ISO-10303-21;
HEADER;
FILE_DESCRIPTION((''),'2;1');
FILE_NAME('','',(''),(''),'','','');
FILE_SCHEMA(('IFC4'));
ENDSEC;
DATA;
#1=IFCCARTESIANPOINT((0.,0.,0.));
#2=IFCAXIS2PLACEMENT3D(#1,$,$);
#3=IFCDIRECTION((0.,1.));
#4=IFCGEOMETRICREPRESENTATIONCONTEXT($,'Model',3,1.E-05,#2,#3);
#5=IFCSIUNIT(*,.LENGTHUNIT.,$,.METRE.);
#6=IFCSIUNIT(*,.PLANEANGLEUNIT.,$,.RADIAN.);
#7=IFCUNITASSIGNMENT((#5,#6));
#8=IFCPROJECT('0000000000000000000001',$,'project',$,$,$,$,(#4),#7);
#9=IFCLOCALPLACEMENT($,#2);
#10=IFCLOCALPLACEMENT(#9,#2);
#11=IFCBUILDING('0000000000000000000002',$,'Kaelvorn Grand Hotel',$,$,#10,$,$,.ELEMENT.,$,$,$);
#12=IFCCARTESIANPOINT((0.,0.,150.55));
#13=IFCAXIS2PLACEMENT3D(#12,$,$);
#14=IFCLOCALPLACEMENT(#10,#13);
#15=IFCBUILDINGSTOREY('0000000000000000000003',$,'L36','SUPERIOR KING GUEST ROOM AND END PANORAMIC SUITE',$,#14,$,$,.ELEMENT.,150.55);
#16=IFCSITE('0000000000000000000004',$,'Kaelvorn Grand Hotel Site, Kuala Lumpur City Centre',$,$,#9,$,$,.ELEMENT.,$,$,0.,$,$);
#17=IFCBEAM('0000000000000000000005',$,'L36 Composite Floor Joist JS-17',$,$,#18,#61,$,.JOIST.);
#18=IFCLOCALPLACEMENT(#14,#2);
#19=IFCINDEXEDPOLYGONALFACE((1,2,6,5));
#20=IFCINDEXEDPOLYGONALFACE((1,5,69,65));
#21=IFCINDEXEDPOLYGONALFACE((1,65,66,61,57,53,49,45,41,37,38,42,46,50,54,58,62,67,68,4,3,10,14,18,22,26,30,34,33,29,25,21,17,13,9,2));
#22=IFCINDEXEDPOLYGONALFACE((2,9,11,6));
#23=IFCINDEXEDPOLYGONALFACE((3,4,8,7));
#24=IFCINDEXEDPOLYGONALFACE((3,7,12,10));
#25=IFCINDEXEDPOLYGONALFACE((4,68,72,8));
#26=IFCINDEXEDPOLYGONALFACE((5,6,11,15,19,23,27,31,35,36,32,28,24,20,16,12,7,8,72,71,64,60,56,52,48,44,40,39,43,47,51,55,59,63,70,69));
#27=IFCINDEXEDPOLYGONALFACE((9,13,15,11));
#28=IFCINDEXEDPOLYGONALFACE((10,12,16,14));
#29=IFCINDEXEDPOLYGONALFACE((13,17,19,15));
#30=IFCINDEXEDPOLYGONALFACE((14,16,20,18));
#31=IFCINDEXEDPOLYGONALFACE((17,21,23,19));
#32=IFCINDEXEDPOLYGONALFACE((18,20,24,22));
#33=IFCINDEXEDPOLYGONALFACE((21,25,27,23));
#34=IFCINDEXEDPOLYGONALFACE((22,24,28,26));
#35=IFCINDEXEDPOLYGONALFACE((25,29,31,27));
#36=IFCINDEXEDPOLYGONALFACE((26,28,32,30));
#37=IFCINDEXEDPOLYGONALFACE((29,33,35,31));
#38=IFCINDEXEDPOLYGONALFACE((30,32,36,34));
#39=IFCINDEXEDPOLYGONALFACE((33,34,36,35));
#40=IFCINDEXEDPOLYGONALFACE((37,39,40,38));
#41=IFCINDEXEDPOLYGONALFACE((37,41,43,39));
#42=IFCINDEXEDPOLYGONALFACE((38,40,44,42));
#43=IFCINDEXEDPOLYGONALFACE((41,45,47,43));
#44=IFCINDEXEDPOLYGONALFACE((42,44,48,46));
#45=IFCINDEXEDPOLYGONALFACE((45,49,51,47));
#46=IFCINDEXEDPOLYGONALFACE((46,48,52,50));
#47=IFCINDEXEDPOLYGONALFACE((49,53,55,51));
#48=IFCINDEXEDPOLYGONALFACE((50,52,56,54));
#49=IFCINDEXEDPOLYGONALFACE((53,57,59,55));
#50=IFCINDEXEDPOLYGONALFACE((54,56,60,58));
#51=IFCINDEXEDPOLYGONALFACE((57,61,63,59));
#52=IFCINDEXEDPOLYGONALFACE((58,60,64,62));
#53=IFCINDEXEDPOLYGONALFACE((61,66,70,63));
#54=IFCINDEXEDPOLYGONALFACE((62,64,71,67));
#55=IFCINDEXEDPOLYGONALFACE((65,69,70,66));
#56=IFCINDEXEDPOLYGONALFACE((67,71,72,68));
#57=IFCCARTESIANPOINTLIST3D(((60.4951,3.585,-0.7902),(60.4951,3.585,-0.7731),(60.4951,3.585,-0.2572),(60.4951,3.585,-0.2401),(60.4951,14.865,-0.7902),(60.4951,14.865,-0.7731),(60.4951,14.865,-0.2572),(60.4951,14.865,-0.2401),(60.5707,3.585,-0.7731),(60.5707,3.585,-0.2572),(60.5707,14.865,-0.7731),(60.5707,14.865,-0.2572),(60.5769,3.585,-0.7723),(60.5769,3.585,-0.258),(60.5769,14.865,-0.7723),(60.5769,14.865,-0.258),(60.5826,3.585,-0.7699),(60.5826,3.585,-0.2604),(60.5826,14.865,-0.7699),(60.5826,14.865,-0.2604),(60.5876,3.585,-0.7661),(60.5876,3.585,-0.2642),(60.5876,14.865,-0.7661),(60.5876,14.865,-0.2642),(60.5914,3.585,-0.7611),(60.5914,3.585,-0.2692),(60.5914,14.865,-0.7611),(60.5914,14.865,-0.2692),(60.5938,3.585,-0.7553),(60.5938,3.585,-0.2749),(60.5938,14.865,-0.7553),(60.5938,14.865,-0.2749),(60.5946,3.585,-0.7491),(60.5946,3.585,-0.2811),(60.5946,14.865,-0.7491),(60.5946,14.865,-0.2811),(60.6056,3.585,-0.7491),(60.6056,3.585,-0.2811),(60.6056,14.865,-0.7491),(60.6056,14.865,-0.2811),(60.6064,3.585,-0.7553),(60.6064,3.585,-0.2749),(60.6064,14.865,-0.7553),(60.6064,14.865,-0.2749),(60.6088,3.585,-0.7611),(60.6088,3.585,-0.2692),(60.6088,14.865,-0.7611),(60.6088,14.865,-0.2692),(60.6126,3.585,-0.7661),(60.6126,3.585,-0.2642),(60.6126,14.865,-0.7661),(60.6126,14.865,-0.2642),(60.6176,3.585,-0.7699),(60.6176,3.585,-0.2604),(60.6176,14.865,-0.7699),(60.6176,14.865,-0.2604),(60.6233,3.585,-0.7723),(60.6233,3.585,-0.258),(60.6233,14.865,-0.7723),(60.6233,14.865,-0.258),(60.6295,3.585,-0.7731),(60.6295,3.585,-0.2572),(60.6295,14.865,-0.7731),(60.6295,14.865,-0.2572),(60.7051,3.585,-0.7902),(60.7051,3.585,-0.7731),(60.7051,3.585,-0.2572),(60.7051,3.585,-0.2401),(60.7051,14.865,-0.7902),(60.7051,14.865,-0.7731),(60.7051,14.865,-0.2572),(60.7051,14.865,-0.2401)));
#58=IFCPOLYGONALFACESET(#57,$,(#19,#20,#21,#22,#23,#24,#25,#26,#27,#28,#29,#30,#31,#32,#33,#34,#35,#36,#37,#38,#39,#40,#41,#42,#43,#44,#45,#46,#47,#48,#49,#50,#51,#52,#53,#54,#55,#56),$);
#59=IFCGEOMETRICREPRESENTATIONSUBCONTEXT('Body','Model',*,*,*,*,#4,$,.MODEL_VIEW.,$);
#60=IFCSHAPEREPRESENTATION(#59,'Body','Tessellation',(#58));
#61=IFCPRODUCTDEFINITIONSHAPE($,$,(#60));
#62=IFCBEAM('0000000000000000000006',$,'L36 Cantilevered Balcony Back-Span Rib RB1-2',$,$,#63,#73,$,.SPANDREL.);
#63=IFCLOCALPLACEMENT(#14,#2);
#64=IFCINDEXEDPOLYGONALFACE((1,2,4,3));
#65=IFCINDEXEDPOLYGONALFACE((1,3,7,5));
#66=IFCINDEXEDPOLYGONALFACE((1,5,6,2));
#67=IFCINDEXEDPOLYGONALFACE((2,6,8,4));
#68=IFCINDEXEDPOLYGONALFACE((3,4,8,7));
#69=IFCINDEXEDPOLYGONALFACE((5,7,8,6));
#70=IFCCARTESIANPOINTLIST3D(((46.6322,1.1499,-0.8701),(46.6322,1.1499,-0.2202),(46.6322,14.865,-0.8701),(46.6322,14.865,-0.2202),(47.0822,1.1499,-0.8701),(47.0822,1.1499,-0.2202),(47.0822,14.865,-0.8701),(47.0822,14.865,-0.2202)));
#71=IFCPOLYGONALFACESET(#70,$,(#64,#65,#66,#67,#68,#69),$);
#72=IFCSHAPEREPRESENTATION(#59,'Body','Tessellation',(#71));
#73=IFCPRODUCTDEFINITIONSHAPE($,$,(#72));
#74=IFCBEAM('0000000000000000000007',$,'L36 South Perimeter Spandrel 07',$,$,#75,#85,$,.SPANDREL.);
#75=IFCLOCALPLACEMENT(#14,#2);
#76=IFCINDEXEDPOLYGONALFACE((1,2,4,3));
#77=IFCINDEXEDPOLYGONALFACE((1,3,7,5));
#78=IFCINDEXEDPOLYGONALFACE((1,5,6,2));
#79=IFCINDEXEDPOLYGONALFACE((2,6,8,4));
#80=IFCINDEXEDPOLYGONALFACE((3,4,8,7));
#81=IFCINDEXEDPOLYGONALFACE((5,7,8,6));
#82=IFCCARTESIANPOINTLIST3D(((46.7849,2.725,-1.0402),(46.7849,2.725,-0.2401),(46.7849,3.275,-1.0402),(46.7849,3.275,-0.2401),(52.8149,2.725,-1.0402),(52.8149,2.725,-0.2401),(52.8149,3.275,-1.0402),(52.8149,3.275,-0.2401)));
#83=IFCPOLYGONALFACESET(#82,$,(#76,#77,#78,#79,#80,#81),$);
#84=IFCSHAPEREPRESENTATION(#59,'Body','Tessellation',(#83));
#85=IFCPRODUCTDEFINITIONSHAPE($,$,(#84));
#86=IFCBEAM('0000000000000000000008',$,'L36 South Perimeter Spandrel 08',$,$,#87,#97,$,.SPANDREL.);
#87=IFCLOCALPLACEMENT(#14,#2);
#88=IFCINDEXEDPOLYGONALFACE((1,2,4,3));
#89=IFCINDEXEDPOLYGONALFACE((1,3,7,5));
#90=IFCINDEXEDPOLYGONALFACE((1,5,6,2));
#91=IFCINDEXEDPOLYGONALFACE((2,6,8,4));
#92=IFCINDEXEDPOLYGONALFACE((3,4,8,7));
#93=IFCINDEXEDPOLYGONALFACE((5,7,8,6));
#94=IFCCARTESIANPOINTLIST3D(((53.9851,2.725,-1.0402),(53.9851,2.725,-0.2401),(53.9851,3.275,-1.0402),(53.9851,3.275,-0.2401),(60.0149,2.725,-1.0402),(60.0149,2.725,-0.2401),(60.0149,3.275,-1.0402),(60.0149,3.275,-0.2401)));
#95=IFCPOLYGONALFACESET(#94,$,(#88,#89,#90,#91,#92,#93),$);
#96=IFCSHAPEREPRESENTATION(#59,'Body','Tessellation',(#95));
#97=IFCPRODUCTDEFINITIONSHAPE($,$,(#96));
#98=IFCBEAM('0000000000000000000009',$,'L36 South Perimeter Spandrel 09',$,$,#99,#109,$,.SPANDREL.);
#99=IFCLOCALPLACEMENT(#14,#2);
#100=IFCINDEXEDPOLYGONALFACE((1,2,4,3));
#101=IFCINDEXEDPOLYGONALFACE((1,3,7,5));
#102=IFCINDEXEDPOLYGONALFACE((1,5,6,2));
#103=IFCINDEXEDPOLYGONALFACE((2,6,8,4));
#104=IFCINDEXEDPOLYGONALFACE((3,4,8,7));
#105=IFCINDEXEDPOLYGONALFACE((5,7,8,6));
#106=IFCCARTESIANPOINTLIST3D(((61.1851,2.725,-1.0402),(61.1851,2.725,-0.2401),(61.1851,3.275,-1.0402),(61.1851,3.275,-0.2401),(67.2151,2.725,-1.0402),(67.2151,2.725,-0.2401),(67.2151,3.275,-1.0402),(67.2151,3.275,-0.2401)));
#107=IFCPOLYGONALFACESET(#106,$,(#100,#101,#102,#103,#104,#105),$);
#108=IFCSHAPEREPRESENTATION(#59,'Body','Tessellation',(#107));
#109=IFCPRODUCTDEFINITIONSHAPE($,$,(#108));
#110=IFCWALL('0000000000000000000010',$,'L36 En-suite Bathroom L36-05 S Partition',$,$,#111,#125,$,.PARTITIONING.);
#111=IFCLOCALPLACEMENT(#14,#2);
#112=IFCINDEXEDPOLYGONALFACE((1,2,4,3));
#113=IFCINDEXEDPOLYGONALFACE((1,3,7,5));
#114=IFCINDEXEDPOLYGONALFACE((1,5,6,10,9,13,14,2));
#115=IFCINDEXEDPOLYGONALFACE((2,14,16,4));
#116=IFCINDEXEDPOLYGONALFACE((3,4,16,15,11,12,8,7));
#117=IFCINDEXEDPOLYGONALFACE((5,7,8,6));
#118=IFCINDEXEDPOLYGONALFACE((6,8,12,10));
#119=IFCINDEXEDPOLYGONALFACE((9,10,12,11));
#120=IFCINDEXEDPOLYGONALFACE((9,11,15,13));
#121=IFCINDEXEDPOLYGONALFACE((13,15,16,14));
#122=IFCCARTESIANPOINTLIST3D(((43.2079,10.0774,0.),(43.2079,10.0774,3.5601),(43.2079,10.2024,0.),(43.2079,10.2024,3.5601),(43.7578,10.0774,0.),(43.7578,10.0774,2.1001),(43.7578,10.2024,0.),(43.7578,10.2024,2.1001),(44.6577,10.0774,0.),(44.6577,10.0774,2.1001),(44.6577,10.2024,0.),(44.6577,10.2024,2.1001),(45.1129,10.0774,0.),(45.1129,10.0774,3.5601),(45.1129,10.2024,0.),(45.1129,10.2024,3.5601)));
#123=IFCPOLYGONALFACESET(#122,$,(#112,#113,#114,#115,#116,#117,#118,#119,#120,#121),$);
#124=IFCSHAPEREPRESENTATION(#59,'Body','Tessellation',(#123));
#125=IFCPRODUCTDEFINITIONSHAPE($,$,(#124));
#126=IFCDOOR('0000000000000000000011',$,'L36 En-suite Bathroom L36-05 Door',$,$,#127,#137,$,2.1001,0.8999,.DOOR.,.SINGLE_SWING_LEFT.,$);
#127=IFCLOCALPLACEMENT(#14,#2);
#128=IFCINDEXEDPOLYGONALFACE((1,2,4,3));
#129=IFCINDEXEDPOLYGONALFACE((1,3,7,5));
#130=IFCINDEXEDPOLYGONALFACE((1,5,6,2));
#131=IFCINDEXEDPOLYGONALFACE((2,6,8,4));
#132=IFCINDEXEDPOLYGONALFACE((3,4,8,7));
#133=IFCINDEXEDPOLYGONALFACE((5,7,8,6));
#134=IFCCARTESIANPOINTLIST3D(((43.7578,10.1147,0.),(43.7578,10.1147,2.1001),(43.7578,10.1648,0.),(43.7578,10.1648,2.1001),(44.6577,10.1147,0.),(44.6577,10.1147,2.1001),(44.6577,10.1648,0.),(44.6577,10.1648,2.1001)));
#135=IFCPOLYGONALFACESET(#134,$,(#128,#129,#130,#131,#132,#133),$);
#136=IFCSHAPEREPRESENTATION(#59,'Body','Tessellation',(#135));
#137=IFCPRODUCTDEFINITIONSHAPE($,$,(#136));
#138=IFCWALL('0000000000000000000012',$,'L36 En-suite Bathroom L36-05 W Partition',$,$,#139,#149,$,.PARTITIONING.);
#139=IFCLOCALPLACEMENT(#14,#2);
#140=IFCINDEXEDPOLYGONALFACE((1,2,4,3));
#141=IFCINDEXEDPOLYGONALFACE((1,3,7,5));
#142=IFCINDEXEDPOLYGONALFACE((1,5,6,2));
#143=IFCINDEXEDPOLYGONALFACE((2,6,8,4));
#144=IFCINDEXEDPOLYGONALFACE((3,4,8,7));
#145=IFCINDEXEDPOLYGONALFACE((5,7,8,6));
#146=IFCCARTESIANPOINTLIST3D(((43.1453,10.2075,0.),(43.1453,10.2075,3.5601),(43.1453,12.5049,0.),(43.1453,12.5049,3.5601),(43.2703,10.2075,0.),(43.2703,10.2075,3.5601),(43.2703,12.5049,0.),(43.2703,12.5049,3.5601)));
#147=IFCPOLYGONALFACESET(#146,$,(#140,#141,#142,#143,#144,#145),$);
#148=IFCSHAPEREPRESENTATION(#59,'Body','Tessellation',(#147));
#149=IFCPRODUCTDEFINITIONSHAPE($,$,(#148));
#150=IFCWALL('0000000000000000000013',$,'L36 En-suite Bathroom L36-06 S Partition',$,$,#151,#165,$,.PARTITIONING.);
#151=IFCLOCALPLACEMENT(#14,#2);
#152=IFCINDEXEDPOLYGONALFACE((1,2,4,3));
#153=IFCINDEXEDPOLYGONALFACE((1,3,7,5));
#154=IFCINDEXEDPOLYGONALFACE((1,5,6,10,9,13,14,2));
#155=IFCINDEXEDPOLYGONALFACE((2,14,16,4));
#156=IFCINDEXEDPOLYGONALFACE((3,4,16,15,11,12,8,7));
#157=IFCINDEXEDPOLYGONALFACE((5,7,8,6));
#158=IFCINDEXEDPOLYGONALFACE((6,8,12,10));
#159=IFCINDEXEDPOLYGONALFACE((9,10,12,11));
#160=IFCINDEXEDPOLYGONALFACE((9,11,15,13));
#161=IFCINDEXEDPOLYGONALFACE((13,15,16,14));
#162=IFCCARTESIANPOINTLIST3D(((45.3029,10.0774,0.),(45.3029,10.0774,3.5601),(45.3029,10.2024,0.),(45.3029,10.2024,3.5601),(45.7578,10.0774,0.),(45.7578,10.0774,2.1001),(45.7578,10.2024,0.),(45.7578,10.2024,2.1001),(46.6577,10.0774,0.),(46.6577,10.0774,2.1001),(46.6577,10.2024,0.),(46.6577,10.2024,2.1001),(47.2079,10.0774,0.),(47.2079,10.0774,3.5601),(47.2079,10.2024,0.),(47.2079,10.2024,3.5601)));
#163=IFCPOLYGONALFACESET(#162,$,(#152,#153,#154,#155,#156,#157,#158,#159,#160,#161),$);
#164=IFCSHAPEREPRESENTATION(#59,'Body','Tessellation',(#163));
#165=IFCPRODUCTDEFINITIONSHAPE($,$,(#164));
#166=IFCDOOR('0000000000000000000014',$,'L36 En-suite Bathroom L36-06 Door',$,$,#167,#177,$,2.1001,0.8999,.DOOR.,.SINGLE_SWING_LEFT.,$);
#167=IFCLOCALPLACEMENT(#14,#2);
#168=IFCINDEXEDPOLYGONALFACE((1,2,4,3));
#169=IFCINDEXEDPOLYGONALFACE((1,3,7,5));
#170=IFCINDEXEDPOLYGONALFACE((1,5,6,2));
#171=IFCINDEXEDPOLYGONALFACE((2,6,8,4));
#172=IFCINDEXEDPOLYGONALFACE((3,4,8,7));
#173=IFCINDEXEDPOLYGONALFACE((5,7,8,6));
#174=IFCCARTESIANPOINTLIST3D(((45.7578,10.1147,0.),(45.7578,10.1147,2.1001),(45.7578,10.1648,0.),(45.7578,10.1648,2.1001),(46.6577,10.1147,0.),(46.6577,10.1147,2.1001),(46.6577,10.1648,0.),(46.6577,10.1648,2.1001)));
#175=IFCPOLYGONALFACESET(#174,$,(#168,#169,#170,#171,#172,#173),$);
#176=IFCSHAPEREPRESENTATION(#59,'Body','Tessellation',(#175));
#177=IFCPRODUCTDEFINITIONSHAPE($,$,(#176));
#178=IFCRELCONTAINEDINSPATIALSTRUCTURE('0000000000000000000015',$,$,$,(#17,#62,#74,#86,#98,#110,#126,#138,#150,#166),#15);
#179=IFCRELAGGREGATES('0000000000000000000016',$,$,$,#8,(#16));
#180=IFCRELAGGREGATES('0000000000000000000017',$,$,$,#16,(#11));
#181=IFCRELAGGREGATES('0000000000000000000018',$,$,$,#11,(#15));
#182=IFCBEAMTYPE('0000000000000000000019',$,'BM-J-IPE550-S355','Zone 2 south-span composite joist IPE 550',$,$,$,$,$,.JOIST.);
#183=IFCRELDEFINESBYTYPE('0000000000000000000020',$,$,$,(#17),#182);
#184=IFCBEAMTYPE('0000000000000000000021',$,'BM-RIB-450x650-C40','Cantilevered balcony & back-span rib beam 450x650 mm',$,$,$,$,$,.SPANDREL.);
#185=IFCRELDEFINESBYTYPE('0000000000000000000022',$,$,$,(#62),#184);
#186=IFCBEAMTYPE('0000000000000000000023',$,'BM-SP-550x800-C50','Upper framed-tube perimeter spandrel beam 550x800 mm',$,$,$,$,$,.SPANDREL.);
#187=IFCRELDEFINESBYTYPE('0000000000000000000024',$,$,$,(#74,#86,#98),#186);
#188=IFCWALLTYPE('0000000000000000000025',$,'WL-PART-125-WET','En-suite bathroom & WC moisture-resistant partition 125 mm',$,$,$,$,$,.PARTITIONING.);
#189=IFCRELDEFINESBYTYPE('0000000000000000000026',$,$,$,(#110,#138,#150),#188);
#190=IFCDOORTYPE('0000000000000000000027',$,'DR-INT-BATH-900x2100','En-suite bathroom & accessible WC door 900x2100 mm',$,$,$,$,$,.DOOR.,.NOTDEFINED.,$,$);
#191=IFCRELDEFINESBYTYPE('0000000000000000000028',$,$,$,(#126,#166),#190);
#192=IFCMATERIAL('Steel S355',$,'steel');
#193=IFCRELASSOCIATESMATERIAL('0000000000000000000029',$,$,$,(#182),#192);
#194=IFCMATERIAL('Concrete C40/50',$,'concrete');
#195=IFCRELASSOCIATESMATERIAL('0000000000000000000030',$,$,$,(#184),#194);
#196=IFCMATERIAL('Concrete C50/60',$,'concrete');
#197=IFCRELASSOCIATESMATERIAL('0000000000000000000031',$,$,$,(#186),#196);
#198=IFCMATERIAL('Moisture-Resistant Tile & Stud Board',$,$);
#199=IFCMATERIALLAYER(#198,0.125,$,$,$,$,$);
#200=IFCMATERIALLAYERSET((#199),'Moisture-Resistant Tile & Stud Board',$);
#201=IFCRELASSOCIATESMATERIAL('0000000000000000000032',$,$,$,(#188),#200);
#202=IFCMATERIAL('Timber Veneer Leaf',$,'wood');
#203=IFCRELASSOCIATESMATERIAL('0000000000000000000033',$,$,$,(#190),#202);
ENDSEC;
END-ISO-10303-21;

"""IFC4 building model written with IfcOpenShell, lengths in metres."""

from ifc_helpers import new_model, si_unit, direction, frame, frame_2d, origin, origin_2d, place, context, subcontext, project, spatial, rectangle, i_section, extrude, material, layer, layer_set, material_profile, profile_set, type_object, element, fill, save


model = new_model("IFC4")

# Units and contexts
model_context = context("Model", 3, precision=1e-05, world=origin(), true_north=direction((0.0, 1.0)))
body_context = subcontext(model_context, "Body", "Model", "MODEL_VIEW")
ifc_project = project(units=[si_unit("LENGTHUNIT", "METRE"), si_unit("PLANEANGLEUNIT", "RADIAN")], contexts=[model_context])

# Site, building, storey
site_placement = place(None, origin())
site = spatial("IfcSite", under=ifc_project, at=site_placement, Name="Kaelvorn Grand Hotel Site, Kuala Lumpur City Centre", CompositionType="ELEMENT", RefElevation=0.0)
building_placement = place(site_placement, origin())
building = spatial("IfcBuilding", under=site, at=building_placement, Name="Kaelvorn Grand Hotel", CompositionType="ELEMENT")
storey_placement = place(building_placement, frame((0.0, 0.0, 150.55)))
storey = spatial("IfcBuildingStorey", under=building, at=storey_placement, Name="L36", Description="SUPERIOR KING GUEST ROOM AND END PANORAMIC SUITE", CompositionType="ELEMENT", Elevation=150.55)

# Beams
ifc_material_1 = material(Name="Steel S355", Category="steel")
ifc_material_profile_1 = material_profile(ifc_material_1, i_section(OverallWidth=0.21, OverallDepth=0.55, WebThickness=0.011, FlangeThickness=0.0171, FilletRadius=0.0239, at=origin_2d()), Name="IPE 550")
ifc_profile_set_1 = profile_set([ifc_material_profile_1], Name="Steel S355")
beam_type_1 = type_object("IfcBeamType", Name="BM-J-IPE550-S355", Description="Zone 2 south-span composite joist IPE 550", PredefinedType="JOIST", material=ifc_profile_set_1)
beam_1_placement = place(storey_placement, frame((60.6001, 3.585, -0.5151), z_axis=(0.0, 1.0, 0.0), x_axis=(-1.0, 0.0, 0.0)))
element("IfcBeam", 1, at=beam_1_placement, inside=storey, type_object=beam_type_1, Name="L36 Composite Floor Joist JS-17", PredefinedType="JOIST", context=body_context, shape_type="SweptSolid", body=[
    extrude(i_section(OverallWidth=0.21, OverallDepth=0.55, WebThickness=0.011, FlangeThickness=0.0171, FilletRadius=0.0239, at=origin_2d()), origin(), (0.0, 0.0, 1.0), 11.28),
])
ifc_material_2 = material(Name="Concrete C40/50", Category="concrete")
ifc_material_profile_2 = material_profile(ifc_material_2, rectangle(XDim=0.45, YDim=0.6499, at=origin_2d()), Name="RC RIB 450x650")
ifc_profile_set_2 = profile_set([ifc_material_profile_2], Name="Concrete C40/50")
beam_type_2 = type_object("IfcBeamType", Name="BM-RIB-450x650-C40", Description="Cantilevered balcony & back-span rib beam 450x650 mm", PredefinedType="SPANDREL", material=ifc_profile_set_2)
beam_2_placement = place(storey_placement, frame((46.8572, 1.1499, -0.5452), z_axis=(0.0, 1.0, 0.0), x_axis=(-1.0, 0.0, 0.0)))
element("IfcBeam", 2, at=beam_2_placement, inside=storey, type_object=beam_type_2, Name="L36 Cantilevered Balcony Back-Span Rib RB1-2", PredefinedType="SPANDREL", context=body_context, shape_type="SweptSolid", body=[
    extrude(rectangle(XDim=0.45, YDim=0.6499, at=origin_2d()), origin(), (0.0, 0.0, 1.0), 13.7151),
])
ifc_material_3 = material(Name="Concrete C50/60", Category="concrete")
ifc_material_profile_3 = material_profile(ifc_material_3, rectangle(XDim=0.55, YDim=0.8, at=origin_2d()), Name="RC SPANDREL 550x800")
ifc_profile_set_3 = profile_set([ifc_material_profile_3], Name="Concrete C50/60")
beam_type_3 = type_object("IfcBeamType", Name="BM-SP-550x800-C50", Description="Upper framed-tube perimeter spandrel beam 550x800 mm", PredefinedType="SPANDREL", material=ifc_profile_set_3)
beam_3_placement = place(storey_placement, frame((46.7849, 3.0, -0.6401), z_axis=(1.0, 0.0, 0.0), x_axis=(0.0, 1.0, 0.0)))
element("IfcBeam", 3, at=beam_3_placement, inside=storey, type_object=beam_type_3, Name="L36 South Perimeter Spandrel 07", PredefinedType="SPANDREL", context=body_context, shape_type="SweptSolid", body=[
    extrude(rectangle(XDim=0.55, YDim=0.8, at=origin_2d()), origin(), (0.0, 0.0, 1.0), 6.03),
])
beam_4_placement = place(storey_placement, frame((53.9851, 3.0, -0.6401), z_axis=(1.0, 0.0, 0.0), x_axis=(0.0, 1.0, 0.0)))
element("IfcBeam", 4, at=beam_4_placement, inside=storey, type_object=beam_type_3, Name="L36 South Perimeter Spandrel 08", PredefinedType="SPANDREL", context=body_context, shape_type="SweptSolid", body=[
    extrude(rectangle(XDim=0.55, YDim=0.8, at=origin_2d()), origin(), (0.0, 0.0, 1.0), 6.0298),
])
beam_5_placement = place(storey_placement, frame((61.1851, 3.0, -0.6401), z_axis=(1.0, 0.0, 0.0), x_axis=(0.0, 1.0, 0.0)))
element("IfcBeam", 5, at=beam_5_placement, inside=storey, type_object=beam_type_3, Name="L36 South Perimeter Spandrel 09", PredefinedType="SPANDREL", context=body_context, shape_type="SweptSolid", body=[
    extrude(rectangle(XDim=0.55, YDim=0.8, at=origin_2d()), origin(), (0.0, 0.0, 1.0), 6.03),
])

# Wall, opening, door
ifc_material_4 = material(Name="Moisture-Resistant Tile & Stud Board")
ifc_layer_1 = layer(ifc_material_4, 0.125)
ifc_layer_set_1 = layer_set([ifc_layer_1], Name="Moisture-Resistant Tile & Stud Board")
wall_type_1 = type_object("IfcWallType", Name="WL-PART-125-WET", Description="En-suite bathroom & WC moisture-resistant partition 125 mm", PredefinedType="PARTITIONING", material=ifc_layer_set_1)
wall_1_placement = place(storey_placement, frame((43.2078, 10.1399, 0.0), z_axis=(0.0, 0.0, 1.0), x_axis=(1.0, 0.0, 0.0)))
wall_1 = element("IfcWall", 6, at=wall_1_placement, inside=storey, type_object=wall_type_1, Name="L36 En-suite Bathroom L36-05 S Partition", PredefinedType="PARTITIONING", context=body_context, shape_type="SweptSolid", body=[
    extrude(rectangle(XDim=1.905, YDim=0.125, at=frame_2d((0.9526, 0.0))), origin(), (0.0, 0.0, 1.0), 3.5601),
])
opening_1_placement = place(wall_1_placement, frame((0.55, 0.0, 0.0)))
opening_1 = element("IfcOpeningElement", 7, at=opening_1_placement, cuts=wall_1, PredefinedType="OPENING", context=body_context, shape_type="SweptSolid", body=[
    extrude(rectangle(XDim=0.8999, YDim=2.1001, at=frame_2d((0.45, 1.05))), frame((0.0, 0.0725, 0.0), z_axis=(0.0, -1.0, 0.0), x_axis=(1.0, 0.0, 0.0)), (0.0, 0.0, 1.0), 0.145),
])
ifc_material_5 = material(Name="Timber Veneer Leaf", Category="wood")
door_type = type_object("IfcDoorType", Name="DR-INT-BATH-900x2100", Description="En-suite bathroom & accessible WC door 900x2100 mm", OperationType="NOTDEFINED", PredefinedType="DOOR", material=ifc_material_5)
door_1_placement = place(opening_1_placement, origin())
door_1 = element("IfcDoor", 8, at=door_1_placement, inside=storey, type_object=door_type, Name="L36 En-suite Bathroom L36-05 Door", OperationType="SINGLE_SWING_LEFT", OverallHeight=2.1001, OverallWidth=0.8999, PredefinedType="DOOR", context=body_context, shape_type="SweptSolid", body=[
    extrude(rectangle(XDim=0.8999, YDim=2.1001, at=frame_2d((0.45, 1.05))), frame((0.0, 0.0249, 0.0), z_axis=(0.0, -1.0, 0.0), x_axis=(1.0, 0.0, 0.0)), (0.0, 0.0, 1.0), 0.05),
])
fill(opening_1, door_1)

# Wall
wall_2_placement = place(storey_placement, frame((43.2078, 10.2075, 0.0), z_axis=(0.0, 0.0, 1.0), x_axis=(0.0, 1.0, 0.0)))
element("IfcWall", 9, at=wall_2_placement, inside=storey, type_object=wall_type_1, Name="L36 En-suite Bathroom L36-05 W Partition", PredefinedType="PARTITIONING", context=body_context, shape_type="SweptSolid", body=[
    extrude(rectangle(XDim=2.2974, YDim=0.125, at=frame_2d((1.1487, 0.0))), origin(), (0.0, 0.0, 1.0), 3.5601),
])

# Wall, opening, door
wall_3_placement = place(storey_placement, frame((45.3027, 10.1399, 0.0), z_axis=(0.0, 0.0, 1.0), x_axis=(1.0, 0.0, 0.0)))
wall_3 = element("IfcWall", 10, at=wall_3_placement, inside=storey, type_object=wall_type_1, Name="L36 En-suite Bathroom L36-06 S Partition", PredefinedType="PARTITIONING", context=body_context, shape_type="SweptSolid", body=[
    extrude(rectangle(XDim=1.905, YDim=0.125, at=frame_2d((0.9526, 0.0))), origin(), (0.0, 0.0, 1.0), 3.5601),
])
opening_2_placement = place(wall_3_placement, frame((0.4551, 0.0, 0.0)))
opening_2 = element("IfcOpeningElement", 11, at=opening_2_placement, cuts=wall_3, PredefinedType="OPENING", context=body_context, shape_type="SweptSolid", body=[
    extrude(rectangle(XDim=0.8999, YDim=2.1001, at=frame_2d((0.45, 1.05))), frame((0.0, 0.0725, 0.0), z_axis=(0.0, -1.0, 0.0), x_axis=(1.0, 0.0, 0.0)), (0.0, 0.0, 1.0), 0.145),
])
door_2_placement = place(opening_2_placement, origin())
door_2 = element("IfcDoor", 12, at=door_2_placement, inside=storey, type_object=door_type, Name="L36 En-suite Bathroom L36-06 Door", OperationType="SINGLE_SWING_LEFT", OverallHeight=2.1001, OverallWidth=0.8999, PredefinedType="DOOR", context=body_context, shape_type="SweptSolid", body=[
    extrude(rectangle(XDim=0.8999, YDim=2.1001, at=frame_2d((0.45, 1.05))), frame((0.0, 0.0249, 0.0), z_axis=(0.0, -1.0, 0.0), x_axis=(1.0, 0.0, 0.0)), (0.0, 0.0, 1.0), 0.05),
])
fill(opening_2, door_2)

save(model, "model.ifc")
